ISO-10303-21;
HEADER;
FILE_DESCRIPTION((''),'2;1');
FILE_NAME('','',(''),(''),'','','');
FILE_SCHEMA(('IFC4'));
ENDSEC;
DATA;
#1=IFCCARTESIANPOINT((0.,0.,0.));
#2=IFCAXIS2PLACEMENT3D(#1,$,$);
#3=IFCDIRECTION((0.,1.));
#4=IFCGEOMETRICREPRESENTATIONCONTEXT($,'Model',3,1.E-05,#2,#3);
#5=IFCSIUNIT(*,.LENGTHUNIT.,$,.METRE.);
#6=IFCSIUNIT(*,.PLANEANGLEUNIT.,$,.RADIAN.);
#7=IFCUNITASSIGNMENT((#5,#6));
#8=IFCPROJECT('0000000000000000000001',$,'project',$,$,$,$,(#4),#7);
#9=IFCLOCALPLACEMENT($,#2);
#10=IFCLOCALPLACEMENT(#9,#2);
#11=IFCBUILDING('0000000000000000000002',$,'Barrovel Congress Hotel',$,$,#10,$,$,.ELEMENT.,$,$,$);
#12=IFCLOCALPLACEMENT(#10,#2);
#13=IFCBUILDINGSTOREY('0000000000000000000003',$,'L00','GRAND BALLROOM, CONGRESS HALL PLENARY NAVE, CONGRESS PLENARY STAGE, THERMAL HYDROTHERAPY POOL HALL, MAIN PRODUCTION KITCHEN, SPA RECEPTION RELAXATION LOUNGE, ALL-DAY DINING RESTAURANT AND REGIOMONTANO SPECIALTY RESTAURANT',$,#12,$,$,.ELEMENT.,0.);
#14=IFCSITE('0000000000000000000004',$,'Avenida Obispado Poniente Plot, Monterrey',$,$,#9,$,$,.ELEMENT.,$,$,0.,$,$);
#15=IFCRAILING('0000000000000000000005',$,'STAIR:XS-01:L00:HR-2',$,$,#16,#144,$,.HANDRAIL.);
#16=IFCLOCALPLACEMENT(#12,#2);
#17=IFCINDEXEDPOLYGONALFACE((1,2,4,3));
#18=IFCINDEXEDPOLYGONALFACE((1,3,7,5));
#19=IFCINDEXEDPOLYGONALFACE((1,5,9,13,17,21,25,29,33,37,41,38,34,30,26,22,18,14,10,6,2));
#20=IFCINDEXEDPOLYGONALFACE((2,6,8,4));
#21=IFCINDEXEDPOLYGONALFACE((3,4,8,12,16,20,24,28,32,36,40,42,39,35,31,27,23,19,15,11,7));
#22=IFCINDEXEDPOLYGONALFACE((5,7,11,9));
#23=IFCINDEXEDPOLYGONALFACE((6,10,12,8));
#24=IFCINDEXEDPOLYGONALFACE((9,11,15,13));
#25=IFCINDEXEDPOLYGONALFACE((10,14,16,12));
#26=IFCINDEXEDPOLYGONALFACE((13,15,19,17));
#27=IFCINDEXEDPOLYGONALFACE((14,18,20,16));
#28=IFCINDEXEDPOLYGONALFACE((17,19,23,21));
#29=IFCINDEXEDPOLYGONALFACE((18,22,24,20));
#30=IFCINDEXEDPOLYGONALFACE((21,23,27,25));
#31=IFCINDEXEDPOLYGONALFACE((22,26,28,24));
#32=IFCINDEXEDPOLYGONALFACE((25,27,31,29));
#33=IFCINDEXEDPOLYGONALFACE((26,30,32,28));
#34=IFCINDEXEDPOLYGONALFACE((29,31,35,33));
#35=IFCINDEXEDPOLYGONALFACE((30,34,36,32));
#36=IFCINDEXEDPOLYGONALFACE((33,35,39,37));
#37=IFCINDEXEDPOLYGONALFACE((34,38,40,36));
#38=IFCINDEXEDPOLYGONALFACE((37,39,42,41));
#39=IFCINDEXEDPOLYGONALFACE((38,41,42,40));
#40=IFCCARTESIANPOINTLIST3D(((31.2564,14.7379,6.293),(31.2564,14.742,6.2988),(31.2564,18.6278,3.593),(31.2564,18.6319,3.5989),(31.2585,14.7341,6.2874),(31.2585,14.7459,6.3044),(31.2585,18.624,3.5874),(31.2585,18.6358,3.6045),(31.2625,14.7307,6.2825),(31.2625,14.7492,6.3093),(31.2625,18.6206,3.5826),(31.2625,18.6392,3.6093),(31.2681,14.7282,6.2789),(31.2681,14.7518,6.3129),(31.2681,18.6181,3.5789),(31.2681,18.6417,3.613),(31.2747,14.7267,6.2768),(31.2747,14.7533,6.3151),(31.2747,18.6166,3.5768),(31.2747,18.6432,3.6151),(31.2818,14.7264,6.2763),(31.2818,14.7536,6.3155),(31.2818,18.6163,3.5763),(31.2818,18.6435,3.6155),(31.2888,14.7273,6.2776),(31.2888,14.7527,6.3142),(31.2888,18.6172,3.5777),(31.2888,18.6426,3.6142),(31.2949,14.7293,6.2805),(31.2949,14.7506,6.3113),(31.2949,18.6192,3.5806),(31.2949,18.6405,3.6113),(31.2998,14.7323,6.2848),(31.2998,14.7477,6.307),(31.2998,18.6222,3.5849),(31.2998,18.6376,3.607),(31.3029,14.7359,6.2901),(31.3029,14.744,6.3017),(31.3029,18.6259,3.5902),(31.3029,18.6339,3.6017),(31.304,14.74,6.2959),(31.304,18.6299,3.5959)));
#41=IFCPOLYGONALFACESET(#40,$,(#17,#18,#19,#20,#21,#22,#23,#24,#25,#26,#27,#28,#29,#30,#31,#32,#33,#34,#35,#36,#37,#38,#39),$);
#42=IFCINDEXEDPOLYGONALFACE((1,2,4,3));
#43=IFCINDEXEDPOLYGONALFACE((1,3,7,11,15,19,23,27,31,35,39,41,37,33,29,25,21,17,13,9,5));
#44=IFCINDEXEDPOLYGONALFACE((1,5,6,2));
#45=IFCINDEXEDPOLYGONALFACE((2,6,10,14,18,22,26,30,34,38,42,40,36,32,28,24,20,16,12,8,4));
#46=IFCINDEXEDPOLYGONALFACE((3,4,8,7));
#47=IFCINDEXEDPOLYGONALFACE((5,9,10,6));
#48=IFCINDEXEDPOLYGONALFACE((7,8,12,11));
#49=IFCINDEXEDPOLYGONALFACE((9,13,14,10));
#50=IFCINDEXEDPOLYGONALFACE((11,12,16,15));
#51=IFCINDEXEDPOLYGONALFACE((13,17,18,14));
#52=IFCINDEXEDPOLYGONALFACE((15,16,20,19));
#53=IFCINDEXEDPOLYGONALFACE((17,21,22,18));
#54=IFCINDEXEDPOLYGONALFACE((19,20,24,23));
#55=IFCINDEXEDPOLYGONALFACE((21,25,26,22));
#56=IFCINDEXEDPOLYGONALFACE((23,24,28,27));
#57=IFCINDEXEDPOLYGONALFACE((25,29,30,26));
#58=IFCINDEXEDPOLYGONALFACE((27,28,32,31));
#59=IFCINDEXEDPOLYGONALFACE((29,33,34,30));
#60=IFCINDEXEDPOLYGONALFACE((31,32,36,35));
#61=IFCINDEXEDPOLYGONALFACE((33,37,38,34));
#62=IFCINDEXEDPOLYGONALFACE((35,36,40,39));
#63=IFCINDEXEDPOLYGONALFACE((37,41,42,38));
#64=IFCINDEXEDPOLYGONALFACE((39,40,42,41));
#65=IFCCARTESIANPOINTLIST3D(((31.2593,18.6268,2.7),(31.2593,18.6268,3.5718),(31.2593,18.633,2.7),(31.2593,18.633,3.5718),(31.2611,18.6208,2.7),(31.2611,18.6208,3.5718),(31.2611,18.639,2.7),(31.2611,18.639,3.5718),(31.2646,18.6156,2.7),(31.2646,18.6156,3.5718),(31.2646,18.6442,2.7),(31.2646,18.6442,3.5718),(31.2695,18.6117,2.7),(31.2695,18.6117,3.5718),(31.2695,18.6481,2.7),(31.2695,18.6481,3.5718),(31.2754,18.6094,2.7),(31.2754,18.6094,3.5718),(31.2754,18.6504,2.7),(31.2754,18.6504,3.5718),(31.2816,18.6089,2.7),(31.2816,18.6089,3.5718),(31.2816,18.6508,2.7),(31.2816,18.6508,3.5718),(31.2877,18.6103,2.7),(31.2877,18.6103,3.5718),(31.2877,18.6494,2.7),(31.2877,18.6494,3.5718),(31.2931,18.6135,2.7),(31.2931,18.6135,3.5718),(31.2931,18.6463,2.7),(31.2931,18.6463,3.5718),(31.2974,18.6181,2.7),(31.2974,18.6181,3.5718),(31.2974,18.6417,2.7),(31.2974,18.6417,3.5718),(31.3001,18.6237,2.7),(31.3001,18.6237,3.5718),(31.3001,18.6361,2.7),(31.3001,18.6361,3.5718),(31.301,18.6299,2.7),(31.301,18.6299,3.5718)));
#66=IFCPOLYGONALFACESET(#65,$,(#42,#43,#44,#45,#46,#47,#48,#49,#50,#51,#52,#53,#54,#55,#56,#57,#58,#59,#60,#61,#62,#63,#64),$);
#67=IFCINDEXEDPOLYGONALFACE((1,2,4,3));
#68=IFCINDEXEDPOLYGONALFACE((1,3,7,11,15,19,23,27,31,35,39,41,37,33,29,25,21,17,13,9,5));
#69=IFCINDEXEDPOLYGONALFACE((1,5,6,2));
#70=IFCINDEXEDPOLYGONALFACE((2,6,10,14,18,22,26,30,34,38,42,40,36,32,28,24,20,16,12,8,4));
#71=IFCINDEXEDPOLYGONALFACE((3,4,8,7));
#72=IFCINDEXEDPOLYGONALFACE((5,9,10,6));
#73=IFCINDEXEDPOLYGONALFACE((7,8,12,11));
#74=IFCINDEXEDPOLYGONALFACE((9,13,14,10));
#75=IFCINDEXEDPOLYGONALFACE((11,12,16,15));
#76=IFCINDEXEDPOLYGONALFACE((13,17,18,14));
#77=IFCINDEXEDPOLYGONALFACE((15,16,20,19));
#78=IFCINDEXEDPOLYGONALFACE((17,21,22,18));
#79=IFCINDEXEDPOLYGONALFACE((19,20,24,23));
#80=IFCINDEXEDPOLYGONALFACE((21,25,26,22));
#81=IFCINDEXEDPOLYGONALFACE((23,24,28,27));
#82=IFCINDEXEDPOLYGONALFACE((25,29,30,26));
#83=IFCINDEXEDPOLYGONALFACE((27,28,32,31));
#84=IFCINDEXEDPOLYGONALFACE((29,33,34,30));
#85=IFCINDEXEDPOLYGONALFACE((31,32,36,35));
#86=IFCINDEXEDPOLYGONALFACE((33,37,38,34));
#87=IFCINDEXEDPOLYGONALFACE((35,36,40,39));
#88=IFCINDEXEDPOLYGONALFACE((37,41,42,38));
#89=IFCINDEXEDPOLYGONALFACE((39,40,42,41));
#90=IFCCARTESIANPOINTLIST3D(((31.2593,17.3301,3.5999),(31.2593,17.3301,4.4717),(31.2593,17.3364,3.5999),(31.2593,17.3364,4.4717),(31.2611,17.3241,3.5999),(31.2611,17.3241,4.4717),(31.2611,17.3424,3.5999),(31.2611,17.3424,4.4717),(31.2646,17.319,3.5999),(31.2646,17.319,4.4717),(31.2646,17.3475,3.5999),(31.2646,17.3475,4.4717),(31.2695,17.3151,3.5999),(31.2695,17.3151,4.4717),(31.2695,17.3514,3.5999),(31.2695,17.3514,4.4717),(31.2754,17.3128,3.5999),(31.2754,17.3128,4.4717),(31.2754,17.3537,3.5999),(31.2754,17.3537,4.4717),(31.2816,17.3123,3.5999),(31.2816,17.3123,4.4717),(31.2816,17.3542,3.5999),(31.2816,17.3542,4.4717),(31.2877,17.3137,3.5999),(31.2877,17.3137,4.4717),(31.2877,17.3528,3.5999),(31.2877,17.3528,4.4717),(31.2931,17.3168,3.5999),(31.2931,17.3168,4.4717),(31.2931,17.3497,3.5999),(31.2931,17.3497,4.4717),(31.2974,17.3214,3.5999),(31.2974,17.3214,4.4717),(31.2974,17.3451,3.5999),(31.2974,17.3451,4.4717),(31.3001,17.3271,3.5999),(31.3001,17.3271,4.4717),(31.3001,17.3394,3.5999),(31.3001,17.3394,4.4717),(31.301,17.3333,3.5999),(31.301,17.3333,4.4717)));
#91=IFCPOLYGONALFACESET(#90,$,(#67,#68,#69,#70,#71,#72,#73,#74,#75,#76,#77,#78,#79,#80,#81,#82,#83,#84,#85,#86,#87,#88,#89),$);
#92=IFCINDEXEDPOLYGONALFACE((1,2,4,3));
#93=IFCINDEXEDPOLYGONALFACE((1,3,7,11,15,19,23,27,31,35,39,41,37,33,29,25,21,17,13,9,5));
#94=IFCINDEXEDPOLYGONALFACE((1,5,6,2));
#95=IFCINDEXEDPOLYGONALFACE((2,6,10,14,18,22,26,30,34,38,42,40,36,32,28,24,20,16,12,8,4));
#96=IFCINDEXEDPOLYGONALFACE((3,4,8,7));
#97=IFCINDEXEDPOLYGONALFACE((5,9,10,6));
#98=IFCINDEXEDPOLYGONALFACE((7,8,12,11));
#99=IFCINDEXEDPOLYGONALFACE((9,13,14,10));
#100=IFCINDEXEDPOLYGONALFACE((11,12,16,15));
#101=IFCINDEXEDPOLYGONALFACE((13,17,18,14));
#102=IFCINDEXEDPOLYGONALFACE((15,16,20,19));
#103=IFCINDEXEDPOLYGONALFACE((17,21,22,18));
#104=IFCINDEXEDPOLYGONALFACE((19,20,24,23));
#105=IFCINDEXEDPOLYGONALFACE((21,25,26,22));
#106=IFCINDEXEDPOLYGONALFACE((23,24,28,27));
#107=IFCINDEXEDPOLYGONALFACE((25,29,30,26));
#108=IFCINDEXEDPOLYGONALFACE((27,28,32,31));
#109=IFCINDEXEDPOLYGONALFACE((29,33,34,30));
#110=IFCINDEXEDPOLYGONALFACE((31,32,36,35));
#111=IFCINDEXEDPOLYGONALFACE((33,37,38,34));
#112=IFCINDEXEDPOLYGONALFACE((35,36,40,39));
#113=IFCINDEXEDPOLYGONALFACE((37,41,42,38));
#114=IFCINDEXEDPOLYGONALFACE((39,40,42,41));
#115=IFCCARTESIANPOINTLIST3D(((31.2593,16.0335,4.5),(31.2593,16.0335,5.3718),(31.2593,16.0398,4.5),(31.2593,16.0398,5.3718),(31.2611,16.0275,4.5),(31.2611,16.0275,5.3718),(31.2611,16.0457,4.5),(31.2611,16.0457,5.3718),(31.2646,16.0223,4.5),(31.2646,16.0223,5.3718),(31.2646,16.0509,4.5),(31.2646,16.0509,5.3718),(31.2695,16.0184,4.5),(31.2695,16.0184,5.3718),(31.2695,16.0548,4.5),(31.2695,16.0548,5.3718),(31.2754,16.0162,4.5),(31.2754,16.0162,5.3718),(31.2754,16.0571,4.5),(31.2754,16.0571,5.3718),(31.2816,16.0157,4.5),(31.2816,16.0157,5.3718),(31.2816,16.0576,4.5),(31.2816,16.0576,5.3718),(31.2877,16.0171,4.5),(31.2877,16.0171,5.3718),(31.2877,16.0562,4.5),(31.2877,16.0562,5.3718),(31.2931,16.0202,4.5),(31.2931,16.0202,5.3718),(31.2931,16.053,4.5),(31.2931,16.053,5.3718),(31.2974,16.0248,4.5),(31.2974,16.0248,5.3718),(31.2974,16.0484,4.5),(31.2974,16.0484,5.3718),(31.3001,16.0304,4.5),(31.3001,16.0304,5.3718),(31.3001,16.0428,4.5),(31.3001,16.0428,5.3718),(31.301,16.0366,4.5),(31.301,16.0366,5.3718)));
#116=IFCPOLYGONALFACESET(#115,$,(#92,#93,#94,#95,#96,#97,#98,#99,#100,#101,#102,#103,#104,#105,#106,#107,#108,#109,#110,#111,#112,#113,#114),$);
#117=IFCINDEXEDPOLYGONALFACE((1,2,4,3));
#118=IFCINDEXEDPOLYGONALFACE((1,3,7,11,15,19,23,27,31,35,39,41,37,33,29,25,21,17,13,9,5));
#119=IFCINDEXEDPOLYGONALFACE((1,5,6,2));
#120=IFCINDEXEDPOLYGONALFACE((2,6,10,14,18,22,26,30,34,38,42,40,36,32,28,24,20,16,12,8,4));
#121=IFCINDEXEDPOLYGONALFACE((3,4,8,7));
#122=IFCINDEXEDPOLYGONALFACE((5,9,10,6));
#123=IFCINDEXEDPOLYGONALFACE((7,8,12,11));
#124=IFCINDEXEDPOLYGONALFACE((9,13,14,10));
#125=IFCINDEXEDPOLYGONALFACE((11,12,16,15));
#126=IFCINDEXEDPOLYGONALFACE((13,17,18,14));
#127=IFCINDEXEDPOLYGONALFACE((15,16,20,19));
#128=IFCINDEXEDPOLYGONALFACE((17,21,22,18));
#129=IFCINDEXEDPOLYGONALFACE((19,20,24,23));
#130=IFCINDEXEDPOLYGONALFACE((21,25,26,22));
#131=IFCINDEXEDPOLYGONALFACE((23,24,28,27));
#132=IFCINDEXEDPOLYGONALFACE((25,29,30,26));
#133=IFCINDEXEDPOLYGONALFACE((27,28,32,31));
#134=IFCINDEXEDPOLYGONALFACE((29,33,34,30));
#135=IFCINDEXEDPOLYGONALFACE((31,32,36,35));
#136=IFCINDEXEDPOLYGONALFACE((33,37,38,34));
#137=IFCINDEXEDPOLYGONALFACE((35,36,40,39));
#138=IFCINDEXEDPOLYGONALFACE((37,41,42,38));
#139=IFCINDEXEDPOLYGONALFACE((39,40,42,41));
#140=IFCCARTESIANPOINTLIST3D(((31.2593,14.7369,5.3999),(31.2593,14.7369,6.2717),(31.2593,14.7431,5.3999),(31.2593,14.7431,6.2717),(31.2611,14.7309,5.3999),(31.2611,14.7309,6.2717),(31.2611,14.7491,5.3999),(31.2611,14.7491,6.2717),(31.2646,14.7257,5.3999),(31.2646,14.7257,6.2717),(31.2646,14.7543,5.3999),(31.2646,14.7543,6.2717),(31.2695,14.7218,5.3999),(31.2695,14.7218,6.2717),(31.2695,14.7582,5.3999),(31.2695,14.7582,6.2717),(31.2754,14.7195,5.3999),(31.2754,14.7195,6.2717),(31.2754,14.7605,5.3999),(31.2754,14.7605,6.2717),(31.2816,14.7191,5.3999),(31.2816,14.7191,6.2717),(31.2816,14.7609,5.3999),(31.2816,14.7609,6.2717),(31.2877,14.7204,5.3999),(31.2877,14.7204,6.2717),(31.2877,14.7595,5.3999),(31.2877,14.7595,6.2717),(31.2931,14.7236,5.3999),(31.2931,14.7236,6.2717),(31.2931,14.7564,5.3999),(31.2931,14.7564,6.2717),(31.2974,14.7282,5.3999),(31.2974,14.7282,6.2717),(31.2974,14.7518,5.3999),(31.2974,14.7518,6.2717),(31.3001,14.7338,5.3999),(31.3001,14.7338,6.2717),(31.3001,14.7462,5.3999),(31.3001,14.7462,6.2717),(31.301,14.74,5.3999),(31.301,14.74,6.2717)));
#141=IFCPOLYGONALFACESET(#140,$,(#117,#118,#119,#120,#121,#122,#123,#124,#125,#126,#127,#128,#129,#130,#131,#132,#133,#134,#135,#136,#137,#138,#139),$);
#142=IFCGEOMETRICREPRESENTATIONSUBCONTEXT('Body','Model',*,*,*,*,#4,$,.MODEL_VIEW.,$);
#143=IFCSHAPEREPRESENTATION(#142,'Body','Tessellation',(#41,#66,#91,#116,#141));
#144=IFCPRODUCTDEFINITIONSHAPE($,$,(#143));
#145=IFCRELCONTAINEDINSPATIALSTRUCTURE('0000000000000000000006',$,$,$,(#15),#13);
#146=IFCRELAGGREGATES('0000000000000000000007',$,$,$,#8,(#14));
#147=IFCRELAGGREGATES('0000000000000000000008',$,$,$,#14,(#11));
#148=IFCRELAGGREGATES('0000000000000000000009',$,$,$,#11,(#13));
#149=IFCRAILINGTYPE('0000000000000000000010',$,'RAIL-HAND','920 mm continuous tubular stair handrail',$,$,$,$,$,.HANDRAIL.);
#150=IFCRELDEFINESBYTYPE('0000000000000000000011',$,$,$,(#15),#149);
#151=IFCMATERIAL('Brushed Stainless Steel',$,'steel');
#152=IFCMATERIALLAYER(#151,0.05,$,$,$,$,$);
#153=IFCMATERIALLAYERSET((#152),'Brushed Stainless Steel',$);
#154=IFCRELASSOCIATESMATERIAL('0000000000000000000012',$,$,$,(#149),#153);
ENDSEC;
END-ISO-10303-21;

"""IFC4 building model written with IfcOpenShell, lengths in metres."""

from ifc_helpers import new_model, si_unit, direction, frame, origin, origin_2d, place, context, subcontext, project, spatial, circle, extrude, material, layer, layer_set, type_object, element, save


model = new_model("IFC4")

# Units and contexts
model_context = context("Model", 3, precision=1e-05, world=origin(), true_north=direction((0.0, 1.0)))
body_context = subcontext(model_context, "Body", "Model", "MODEL_VIEW")
ifc_project = project(units=[si_unit("LENGTHUNIT", "METRE"), si_unit("PLANEANGLEUNIT", "RADIAN")], contexts=[model_context])

# Site, building, storey
site_placement = place(None, origin())
site = spatial("IfcSite", under=ifc_project, at=site_placement, Name="Avenida Obispado Poniente Plot, Monterrey", CompositionType="ELEMENT", RefElevation=0.0)
building_placement = place(site_placement, origin())
building = spatial("IfcBuilding", under=site, at=building_placement, Name="Barrovel Congress Hotel", CompositionType="ELEMENT")
storey_placement = place(building_placement, origin())
storey = spatial("IfcBuildingStorey", under=building, at=storey_placement, Name="L00", Description="GRAND BALLROOM, CONGRESS HALL PLENARY NAVE, CONGRESS PLENARY STAGE, THERMAL HYDROTHERAPY POOL HALL, MAIN PRODUCTION KITCHEN, SPA RECEPTION RELAXATION LOUNGE, ALL-DAY DINING RESTAURANT AND REGIOMONTANO SPECIALTY RESTAURANT", CompositionType="ELEMENT", Elevation=0.0)

# Railing
ifc_material_1 = material(Name="Brushed Stainless Steel", Category="steel")
ifc_layer_1 = layer(ifc_material_1, 0.05)
ifc_layer_set_1 = layer_set([ifc_layer_1], Name="Brushed Stainless Steel")
railing_type_1 = type_object("IfcRailingType", Name="RAIL-HAND", Description="920 mm continuous tubular stair handrail", PredefinedType="HANDRAIL", material=ifc_layer_set_1)
railing_1_placement = place(storey_placement, frame((31.28, 18.6299, 2.7)))
element("IfcRailing", 1, at=railing_1_placement, inside=storey, type_object=railing_type_1, Name="STAIR:XS-01:L00:HR-2", PredefinedType="HANDRAIL", context=body_context, shape_type="SweptSolid", body=[
    extrude(circle(Radius=0.0239, at=origin_2d()), frame((0.0, 0.0, 0.896), z_axis=(0.0, -0.821505, 0.570202), x_axis=(1.0, 0.0, 0.0)), (0.0, 0.0, 1.0), 4.7351),
    extrude(circle(Radius=0.021, at=origin_2d()), origin(), (0.0, 0.0, 1.0), 0.8718),
    extrude(circle(Radius=0.021, at=origin_2d()), frame((0.0, -1.2966, 0.8999)), (0.0, 0.0, 1.0), 0.8718),
    extrude(circle(Radius=0.021, at=origin_2d()), frame((0.0, -2.5933, 1.8)), (0.0, 0.0, 1.0), 0.8718),
    extrude(circle(Radius=0.021, at=origin_2d()), frame((0.0, -3.8899, 2.7)), (0.0, 0.0, 1.0), 0.8718),
])

save(model, "model.ifc")
